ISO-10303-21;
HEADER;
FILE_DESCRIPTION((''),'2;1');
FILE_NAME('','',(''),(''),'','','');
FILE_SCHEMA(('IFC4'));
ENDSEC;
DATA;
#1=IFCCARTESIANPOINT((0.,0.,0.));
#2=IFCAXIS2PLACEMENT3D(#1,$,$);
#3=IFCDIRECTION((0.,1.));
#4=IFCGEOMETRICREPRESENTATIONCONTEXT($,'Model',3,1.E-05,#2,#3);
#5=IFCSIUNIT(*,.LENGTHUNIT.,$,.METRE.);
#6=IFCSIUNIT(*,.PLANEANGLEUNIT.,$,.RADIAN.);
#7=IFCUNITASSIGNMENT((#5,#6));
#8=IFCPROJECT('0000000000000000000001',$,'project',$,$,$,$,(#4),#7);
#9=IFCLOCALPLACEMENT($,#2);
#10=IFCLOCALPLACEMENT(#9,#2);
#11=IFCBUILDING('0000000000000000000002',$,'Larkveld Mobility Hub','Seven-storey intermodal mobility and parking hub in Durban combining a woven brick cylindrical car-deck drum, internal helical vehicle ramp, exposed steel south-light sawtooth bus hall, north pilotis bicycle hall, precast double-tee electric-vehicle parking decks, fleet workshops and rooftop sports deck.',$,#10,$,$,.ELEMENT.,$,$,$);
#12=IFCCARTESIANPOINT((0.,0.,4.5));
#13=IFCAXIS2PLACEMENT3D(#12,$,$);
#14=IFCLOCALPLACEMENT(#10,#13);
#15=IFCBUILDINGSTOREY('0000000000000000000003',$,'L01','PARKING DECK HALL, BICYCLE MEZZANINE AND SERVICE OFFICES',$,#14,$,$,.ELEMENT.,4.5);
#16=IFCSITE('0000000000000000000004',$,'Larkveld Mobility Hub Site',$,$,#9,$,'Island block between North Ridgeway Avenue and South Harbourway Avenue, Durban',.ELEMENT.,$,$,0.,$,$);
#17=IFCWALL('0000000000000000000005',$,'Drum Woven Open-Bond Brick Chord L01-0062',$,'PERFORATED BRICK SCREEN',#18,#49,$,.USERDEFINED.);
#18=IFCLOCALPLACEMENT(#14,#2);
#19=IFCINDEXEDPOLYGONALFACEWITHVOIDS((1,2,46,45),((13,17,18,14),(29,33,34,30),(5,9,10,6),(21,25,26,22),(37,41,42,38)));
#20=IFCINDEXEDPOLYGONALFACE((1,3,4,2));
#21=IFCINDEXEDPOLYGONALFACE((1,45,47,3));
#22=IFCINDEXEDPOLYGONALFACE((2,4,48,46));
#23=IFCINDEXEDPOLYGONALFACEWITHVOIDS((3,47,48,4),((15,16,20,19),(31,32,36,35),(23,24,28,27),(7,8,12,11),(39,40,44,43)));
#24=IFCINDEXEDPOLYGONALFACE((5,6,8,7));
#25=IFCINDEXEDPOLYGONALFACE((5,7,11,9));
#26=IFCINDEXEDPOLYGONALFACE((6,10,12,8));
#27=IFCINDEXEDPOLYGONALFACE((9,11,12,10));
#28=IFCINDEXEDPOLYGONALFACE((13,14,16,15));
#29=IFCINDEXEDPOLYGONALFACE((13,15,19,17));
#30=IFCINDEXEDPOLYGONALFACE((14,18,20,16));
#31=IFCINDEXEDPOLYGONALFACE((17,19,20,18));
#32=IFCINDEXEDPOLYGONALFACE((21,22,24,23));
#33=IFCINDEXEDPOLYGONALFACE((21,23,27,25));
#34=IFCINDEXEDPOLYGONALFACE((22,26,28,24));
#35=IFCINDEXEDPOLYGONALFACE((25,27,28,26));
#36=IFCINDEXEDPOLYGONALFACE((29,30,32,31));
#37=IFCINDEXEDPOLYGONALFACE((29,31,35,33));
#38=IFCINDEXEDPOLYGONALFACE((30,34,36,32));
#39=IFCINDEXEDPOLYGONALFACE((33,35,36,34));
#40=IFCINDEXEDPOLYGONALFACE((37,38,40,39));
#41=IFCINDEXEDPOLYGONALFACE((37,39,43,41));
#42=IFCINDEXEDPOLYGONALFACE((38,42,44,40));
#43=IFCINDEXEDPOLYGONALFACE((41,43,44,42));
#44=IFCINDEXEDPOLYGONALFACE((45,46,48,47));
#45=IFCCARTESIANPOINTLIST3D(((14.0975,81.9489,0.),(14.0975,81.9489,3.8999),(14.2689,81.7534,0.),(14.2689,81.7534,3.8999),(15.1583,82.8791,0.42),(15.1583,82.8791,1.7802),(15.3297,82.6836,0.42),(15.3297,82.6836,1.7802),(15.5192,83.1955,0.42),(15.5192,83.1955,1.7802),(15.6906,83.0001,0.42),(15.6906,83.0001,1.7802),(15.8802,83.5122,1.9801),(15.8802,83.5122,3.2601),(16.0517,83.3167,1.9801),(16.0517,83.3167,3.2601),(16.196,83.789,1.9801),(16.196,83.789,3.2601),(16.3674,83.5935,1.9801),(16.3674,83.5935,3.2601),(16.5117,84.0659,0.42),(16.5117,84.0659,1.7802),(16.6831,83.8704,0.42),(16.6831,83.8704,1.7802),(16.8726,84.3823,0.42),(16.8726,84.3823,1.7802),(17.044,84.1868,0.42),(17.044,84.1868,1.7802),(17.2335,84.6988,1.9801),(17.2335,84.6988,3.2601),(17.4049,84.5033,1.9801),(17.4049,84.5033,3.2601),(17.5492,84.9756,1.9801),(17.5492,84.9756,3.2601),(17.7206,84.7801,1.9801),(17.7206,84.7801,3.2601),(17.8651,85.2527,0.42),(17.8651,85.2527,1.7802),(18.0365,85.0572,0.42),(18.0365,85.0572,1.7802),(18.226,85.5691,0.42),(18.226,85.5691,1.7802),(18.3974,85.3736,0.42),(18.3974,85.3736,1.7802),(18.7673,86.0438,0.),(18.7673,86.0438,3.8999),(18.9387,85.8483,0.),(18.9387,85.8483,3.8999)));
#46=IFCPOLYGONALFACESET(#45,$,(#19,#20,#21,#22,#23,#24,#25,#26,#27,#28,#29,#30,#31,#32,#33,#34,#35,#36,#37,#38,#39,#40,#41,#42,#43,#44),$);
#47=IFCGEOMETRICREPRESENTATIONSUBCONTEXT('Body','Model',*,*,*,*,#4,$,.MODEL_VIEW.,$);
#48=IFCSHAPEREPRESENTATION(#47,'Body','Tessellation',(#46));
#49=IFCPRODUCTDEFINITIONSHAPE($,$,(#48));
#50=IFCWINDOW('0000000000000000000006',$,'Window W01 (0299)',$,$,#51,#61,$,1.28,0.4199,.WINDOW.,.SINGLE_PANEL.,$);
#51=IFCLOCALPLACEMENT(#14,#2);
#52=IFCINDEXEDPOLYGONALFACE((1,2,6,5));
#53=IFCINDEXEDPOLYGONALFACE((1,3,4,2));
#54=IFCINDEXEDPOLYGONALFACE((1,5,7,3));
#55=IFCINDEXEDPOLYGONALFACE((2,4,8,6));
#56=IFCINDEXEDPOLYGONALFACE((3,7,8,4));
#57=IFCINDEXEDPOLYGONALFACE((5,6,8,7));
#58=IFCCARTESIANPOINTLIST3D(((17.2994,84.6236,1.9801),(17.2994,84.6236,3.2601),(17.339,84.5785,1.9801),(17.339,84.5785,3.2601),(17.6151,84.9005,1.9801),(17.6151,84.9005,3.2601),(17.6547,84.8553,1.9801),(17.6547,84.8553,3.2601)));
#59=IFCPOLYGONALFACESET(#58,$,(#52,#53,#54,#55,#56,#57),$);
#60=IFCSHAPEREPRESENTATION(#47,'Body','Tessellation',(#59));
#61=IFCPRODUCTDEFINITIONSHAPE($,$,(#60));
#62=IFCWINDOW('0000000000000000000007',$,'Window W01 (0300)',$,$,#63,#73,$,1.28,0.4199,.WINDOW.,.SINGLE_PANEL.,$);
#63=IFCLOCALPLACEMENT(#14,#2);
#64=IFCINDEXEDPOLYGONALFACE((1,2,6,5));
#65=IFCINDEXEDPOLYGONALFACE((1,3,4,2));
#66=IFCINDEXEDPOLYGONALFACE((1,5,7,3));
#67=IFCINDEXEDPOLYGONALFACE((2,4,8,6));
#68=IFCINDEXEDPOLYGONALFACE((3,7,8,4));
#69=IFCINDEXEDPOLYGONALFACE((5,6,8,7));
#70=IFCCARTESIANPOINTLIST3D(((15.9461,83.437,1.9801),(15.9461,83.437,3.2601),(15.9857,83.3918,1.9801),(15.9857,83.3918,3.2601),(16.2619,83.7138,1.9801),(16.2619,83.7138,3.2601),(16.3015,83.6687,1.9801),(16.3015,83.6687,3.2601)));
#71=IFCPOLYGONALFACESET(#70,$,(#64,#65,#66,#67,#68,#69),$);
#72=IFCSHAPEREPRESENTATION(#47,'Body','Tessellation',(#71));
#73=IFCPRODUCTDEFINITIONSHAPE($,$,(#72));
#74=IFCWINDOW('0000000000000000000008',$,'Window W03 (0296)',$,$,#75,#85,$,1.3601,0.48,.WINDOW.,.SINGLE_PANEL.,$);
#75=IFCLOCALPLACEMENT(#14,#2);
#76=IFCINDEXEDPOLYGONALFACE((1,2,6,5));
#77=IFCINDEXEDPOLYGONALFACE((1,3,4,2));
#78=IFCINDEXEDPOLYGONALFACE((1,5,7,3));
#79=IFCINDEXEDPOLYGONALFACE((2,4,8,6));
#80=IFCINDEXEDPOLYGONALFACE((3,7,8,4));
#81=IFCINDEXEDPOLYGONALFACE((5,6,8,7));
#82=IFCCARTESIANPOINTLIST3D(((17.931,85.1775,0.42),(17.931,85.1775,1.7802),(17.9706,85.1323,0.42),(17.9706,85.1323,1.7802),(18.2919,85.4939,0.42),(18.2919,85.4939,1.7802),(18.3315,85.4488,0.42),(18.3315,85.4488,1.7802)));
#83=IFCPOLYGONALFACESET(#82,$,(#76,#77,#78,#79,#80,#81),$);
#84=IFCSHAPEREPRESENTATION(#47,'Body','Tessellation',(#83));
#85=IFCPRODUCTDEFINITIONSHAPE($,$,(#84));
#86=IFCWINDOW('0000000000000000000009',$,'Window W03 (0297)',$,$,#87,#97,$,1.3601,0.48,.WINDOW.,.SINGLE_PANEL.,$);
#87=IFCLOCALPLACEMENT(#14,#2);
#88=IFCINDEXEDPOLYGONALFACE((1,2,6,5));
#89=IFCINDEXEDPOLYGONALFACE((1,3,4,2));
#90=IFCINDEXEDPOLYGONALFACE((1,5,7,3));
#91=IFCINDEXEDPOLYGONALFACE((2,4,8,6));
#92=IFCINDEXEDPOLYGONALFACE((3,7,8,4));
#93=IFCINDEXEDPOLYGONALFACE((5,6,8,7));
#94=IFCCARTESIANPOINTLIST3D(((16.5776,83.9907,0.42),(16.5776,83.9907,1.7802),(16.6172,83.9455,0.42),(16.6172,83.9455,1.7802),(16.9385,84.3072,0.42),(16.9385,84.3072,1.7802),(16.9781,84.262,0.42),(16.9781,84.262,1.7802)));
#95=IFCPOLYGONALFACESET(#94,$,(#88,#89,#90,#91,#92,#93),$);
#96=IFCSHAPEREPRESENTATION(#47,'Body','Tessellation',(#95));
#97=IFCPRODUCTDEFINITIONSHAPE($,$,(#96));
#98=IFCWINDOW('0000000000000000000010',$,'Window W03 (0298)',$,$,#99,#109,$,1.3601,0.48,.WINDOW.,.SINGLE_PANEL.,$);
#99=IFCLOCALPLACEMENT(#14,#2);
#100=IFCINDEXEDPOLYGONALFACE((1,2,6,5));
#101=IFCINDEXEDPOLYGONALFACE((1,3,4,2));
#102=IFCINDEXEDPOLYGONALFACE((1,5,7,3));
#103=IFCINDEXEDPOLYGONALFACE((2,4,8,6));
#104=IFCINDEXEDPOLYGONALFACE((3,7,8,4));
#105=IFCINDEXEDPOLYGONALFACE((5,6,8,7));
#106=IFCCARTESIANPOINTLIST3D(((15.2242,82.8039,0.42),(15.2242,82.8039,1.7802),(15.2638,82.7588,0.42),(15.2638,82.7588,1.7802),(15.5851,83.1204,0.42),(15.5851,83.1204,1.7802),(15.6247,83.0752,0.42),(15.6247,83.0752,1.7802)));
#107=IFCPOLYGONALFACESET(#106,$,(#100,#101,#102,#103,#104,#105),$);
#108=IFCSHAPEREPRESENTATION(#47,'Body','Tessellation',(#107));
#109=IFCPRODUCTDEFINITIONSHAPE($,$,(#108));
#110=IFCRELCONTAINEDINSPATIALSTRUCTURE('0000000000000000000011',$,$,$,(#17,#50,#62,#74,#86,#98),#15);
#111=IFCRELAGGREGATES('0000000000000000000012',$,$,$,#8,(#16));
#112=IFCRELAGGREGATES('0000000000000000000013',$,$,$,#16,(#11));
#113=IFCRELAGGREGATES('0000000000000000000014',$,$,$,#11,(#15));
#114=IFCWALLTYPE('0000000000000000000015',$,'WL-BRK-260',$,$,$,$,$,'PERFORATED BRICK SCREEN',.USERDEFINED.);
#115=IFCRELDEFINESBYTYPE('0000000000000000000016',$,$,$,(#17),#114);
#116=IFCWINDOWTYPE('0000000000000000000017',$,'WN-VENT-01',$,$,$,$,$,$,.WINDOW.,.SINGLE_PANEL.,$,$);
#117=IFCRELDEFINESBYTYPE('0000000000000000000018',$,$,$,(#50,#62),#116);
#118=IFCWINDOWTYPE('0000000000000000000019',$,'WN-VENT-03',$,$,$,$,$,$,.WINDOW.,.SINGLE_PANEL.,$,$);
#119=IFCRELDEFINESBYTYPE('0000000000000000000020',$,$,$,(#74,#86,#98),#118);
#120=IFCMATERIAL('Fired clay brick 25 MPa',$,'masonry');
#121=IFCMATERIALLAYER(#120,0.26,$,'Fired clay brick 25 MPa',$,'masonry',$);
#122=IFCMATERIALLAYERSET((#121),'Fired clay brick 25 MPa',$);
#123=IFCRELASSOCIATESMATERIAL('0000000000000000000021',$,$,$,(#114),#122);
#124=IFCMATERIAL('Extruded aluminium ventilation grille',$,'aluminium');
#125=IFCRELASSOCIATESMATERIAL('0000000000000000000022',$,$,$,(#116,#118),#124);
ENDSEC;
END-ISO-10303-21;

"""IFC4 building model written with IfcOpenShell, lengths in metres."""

from ifc_helpers import new_model, si_unit, direction, frame, frame_2d, origin, place, context, subcontext, project, spatial, rectangle, extrude, material, layer, layer_set, type_object, element, fill, save


model = new_model("IFC4")

# Units and contexts
model_context = context("Model", 3, precision=1e-05, world=origin(), true_north=direction((0.0, 1.0)))
body_context = subcontext(model_context, "Body", "Model", "MODEL_VIEW")
ifc_project = project(units=[si_unit("LENGTHUNIT", "METRE"), si_unit("PLANEANGLEUNIT", "RADIAN")], contexts=[model_context])

# Site, building, storey
site_placement = place(None, origin())
site = spatial("IfcSite", under=ifc_project, at=site_placement, Name="Larkveld Mobility Hub Site", LongName="Island block between North Ridgeway Avenue and South Harbourway Avenue, Durban", CompositionType="ELEMENT", RefElevation=0.0)
building_placement = place(site_placement, origin())
building = spatial("IfcBuilding", under=site, at=building_placement, Name="Larkveld Mobility Hub", Description="Seven-storey intermodal mobility and parking hub in Durban combining a woven brick cylindrical car-deck drum, internal helical vehicle ramp, exposed steel south-light sawtooth bus hall, north pilotis bicycle hall, precast double-tee electric-vehicle parking decks, fleet workshops and rooftop sports deck.", CompositionType="ELEMENT")
storey_placement = place(building_placement, frame((0.0, 0.0, 4.5)))
storey = spatial("IfcBuildingStorey", under=building, at=storey_placement, Name="L01", Description="PARKING DECK HALL, BICYCLE MEZZANINE AND SERVICE OFFICES", CompositionType="ELEMENT", Elevation=4.5)

# Wall, openings, windows
ifc_material_1 = material(Name="Fired clay brick 25 MPa", Category="masonry")
ifc_layer = layer(ifc_material_1, 0.26, Name="Fired clay brick 25 MPa", Category="masonry")
ifc_layer_set = layer_set([ifc_layer], Name="Fired clay brick 25 MPa")
wall_type = type_object("IfcWallType", Name="WL-BRK-260", ElementType="PERFORATED BRICK SCREEN", PredefinedType="USERDEFINED", material=ifc_layer_set)
wall_placement = place(storey_placement, frame((18.853, 85.946, 0.0), z_axis=(0.0, 0.0, 1.0), x_axis=(-0.751875, -0.659306, 0.0)))
wall = element("IfcWall", 1, at=wall_placement, inside=storey, type_object=wall_type, Name="Drum Woven Open-Bond Brick Chord L01-0062", ObjectType="PERFORATED BRICK SCREEN", PredefinedType="USERDEFINED", context=body_context, shape_type="SweptSolid", body=[
    extrude(rectangle(XDim=6.2109, YDim=0.26, at=frame_2d((3.1055, 0.0))), origin(), (0.0, 0.0, 1.0), 3.8999),
])
opening_1_placement = place(wall_placement, frame((0.72, 0.0, 0.4199)))
opening_1 = element("IfcOpeningElement", 2, at=opening_1_placement, cuts=wall, PredefinedType="OPENING", context=body_context, shape_type="SweptSolid", body=[
    extrude(rectangle(XDim=0.48, YDim=1.3601, at=frame_2d((0.24, 0.6802))), frame((0.0, 0.1401, 0.0), z_axis=(0.0, -1.0, 0.0), x_axis=(1.0, 0.0, 0.0)), (0.0, 0.0, 1.0), 0.28),
])
opening_2_placement = place(wall_placement, frame((2.52, 0.0, 0.4199)))
opening_2 = element("IfcOpeningElement", 3, at=opening_2_placement, cuts=wall, PredefinedType="OPENING", context=body_context, shape_type="SweptSolid", body=[
    extrude(rectangle(XDim=0.48, YDim=1.3601, at=frame_2d((0.24, 0.6802))), frame((0.0, 0.1401, 0.0), z_axis=(0.0, -1.0, 0.0), x_axis=(1.0, 0.0, 0.0)), (0.0, 0.0, 1.0), 0.28),
])
opening_3_placement = place(wall_placement, frame((4.3201, 0.0, 0.4199)))
opening_3 = element("IfcOpeningElement", 4, at=opening_3_placement, cuts=wall, PredefinedType="OPENING", context=body_context, shape_type="SweptSolid", body=[
    extrude(rectangle(XDim=0.48, YDim=1.3601, at=frame_2d((0.24, 0.6802))), frame((0.0, 0.1401, 0.0), z_axis=(0.0, -1.0, 0.0), x_axis=(1.0, 0.0, 0.0)), (0.0, 0.0, 1.0), 0.28),
])
opening_4_placement = place(wall_placement, frame((1.6201, 0.0, 1.98)))
opening_4 = element("IfcOpeningElement", 5, at=opening_4_placement, cuts=wall, PredefinedType="OPENING", context=body_context, shape_type="SweptSolid", body=[
    extrude(rectangle(XDim=0.4199, YDim=1.28, at=frame_2d((0.21, 0.6401))), frame((0.0, 0.1401, 0.0), z_axis=(0.0, -1.0, 0.0), x_axis=(1.0, 0.0, 0.0)), (0.0, 0.0, 1.0), 0.28),
])
opening_5_placement = place(wall_placement, frame((3.4199, 0.0, 1.98)))
opening_5 = element("IfcOpeningElement", 6, at=opening_5_placement, cuts=wall, PredefinedType="OPENING", context=body_context, shape_type="SweptSolid", body=[
    extrude(rectangle(XDim=0.4199, YDim=1.28, at=frame_2d((0.21, 0.6401))), frame((0.0, 0.1401, 0.0), z_axis=(0.0, -1.0, 0.0), x_axis=(1.0, 0.0, 0.0)), (0.0, 0.0, 1.0), 0.28),
])
ifc_material_2 = material(Name="Extruded aluminium ventilation grille", Category="aluminium")
window_type_1 = type_object("IfcWindowType", Name="WN-VENT-01", PartitioningType="SINGLE_PANEL", PredefinedType="WINDOW", material=ifc_material_2)
window_1_placement = place(opening_4_placement, origin())
window_1 = element("IfcWindow", 7, at=window_1_placement, inside=storey, type_object=window_type_1, Name="Window W01 (0299)", OverallHeight=1.28, OverallWidth=0.4199, PartitioningType="SINGLE_PANEL", PredefinedType="WINDOW", context=body_context, shape_type="SweptSolid", body=[
    extrude(rectangle(XDim=0.4199, YDim=1.28, at=frame_2d((0.21, 0.6401))), frame((0.0, 0.03, 0.0), z_axis=(0.0, -1.0, 0.0), x_axis=(1.0, 0.0, 0.0)), (0.0, 0.0, 1.0), 0.0601),
])
fill(opening_4, window_1)
window_2_placement = place(opening_5_placement, origin())
window_2 = element("IfcWindow", 8, at=window_2_placement, inside=storey, type_object=window_type_1, Name="Window W01 (0300)", OverallHeight=1.28, OverallWidth=0.4199, PartitioningType="SINGLE_PANEL", PredefinedType="WINDOW", context=body_context, shape_type="SweptSolid", body=[
    extrude(rectangle(XDim=0.4199, YDim=1.28, at=frame_2d((0.21, 0.6401))), frame((0.0, 0.03, 0.0), z_axis=(0.0, -1.0, 0.0), x_axis=(1.0, 0.0, 0.0)), (0.0, 0.0, 1.0), 0.0601),
])
fill(opening_5, window_2)
window_type_2 = type_object("IfcWindowType", Name="WN-VENT-03", PartitioningType="SINGLE_PANEL", PredefinedType="WINDOW", material=ifc_material_2)
window_3_placement = place(opening_1_placement, origin())
window_3 = element("IfcWindow", 9, at=window_3_placement, inside=storey, type_object=window_type_2, Name="Window W03 (0296)", OverallHeight=1.3601, OverallWidth=0.48, PartitioningType="SINGLE_PANEL", PredefinedType="WINDOW", context=body_context, shape_type="SweptSolid", body=[
    extrude(rectangle(XDim=0.48, YDim=1.3601, at=frame_2d((0.24, 0.6802))), frame((0.0, 0.03, 0.0), z_axis=(0.0, -1.0, 0.0), x_axis=(1.0, 0.0, 0.0)), (0.0, 0.0, 1.0), 0.0601),
])
fill(opening_1, window_3)
window_4_placement = place(opening_2_placement, origin())
window_4 = element("IfcWindow", 10, at=window_4_placement, inside=storey, type_object=window_type_2, Name="Window W03 (0297)", OverallHeight=1.3601, OverallWidth=0.48, PartitioningType="SINGLE_PANEL", PredefinedType="WINDOW", context=body_context, shape_type="SweptSolid", body=[
    extrude(rectangle(XDim=0.48, YDim=1.3601, at=frame_2d((0.24, 0.6802))), frame((0.0, 0.03, 0.0), z_axis=(0.0, -1.0, 0.0), x_axis=(1.0, 0.0, 0.0)), (0.0, 0.0, 1.0), 0.0601),
])
fill(opening_2, window_4)
window_5_placement = place(opening_3_placement, origin())
window_5 = element("IfcWindow", 11, at=window_5_placement, inside=storey, type_object=window_type_2, Name="Window W03 (0298)", OverallHeight=1.3601, OverallWidth=0.48, PartitioningType="SINGLE_PANEL", PredefinedType="WINDOW", context=body_context, shape_type="SweptSolid", body=[
    extrude(rectangle(XDim=0.48, YDim=1.3601, at=frame_2d((0.24, 0.6802))), frame((0.0, 0.03, 0.0), z_axis=(0.0, -1.0, 0.0), x_axis=(1.0, 0.0, 0.0)), (0.0, 0.0, 1.0), 0.0601),
])
fill(opening_3, window_5)

save(model, "model.ifc")
